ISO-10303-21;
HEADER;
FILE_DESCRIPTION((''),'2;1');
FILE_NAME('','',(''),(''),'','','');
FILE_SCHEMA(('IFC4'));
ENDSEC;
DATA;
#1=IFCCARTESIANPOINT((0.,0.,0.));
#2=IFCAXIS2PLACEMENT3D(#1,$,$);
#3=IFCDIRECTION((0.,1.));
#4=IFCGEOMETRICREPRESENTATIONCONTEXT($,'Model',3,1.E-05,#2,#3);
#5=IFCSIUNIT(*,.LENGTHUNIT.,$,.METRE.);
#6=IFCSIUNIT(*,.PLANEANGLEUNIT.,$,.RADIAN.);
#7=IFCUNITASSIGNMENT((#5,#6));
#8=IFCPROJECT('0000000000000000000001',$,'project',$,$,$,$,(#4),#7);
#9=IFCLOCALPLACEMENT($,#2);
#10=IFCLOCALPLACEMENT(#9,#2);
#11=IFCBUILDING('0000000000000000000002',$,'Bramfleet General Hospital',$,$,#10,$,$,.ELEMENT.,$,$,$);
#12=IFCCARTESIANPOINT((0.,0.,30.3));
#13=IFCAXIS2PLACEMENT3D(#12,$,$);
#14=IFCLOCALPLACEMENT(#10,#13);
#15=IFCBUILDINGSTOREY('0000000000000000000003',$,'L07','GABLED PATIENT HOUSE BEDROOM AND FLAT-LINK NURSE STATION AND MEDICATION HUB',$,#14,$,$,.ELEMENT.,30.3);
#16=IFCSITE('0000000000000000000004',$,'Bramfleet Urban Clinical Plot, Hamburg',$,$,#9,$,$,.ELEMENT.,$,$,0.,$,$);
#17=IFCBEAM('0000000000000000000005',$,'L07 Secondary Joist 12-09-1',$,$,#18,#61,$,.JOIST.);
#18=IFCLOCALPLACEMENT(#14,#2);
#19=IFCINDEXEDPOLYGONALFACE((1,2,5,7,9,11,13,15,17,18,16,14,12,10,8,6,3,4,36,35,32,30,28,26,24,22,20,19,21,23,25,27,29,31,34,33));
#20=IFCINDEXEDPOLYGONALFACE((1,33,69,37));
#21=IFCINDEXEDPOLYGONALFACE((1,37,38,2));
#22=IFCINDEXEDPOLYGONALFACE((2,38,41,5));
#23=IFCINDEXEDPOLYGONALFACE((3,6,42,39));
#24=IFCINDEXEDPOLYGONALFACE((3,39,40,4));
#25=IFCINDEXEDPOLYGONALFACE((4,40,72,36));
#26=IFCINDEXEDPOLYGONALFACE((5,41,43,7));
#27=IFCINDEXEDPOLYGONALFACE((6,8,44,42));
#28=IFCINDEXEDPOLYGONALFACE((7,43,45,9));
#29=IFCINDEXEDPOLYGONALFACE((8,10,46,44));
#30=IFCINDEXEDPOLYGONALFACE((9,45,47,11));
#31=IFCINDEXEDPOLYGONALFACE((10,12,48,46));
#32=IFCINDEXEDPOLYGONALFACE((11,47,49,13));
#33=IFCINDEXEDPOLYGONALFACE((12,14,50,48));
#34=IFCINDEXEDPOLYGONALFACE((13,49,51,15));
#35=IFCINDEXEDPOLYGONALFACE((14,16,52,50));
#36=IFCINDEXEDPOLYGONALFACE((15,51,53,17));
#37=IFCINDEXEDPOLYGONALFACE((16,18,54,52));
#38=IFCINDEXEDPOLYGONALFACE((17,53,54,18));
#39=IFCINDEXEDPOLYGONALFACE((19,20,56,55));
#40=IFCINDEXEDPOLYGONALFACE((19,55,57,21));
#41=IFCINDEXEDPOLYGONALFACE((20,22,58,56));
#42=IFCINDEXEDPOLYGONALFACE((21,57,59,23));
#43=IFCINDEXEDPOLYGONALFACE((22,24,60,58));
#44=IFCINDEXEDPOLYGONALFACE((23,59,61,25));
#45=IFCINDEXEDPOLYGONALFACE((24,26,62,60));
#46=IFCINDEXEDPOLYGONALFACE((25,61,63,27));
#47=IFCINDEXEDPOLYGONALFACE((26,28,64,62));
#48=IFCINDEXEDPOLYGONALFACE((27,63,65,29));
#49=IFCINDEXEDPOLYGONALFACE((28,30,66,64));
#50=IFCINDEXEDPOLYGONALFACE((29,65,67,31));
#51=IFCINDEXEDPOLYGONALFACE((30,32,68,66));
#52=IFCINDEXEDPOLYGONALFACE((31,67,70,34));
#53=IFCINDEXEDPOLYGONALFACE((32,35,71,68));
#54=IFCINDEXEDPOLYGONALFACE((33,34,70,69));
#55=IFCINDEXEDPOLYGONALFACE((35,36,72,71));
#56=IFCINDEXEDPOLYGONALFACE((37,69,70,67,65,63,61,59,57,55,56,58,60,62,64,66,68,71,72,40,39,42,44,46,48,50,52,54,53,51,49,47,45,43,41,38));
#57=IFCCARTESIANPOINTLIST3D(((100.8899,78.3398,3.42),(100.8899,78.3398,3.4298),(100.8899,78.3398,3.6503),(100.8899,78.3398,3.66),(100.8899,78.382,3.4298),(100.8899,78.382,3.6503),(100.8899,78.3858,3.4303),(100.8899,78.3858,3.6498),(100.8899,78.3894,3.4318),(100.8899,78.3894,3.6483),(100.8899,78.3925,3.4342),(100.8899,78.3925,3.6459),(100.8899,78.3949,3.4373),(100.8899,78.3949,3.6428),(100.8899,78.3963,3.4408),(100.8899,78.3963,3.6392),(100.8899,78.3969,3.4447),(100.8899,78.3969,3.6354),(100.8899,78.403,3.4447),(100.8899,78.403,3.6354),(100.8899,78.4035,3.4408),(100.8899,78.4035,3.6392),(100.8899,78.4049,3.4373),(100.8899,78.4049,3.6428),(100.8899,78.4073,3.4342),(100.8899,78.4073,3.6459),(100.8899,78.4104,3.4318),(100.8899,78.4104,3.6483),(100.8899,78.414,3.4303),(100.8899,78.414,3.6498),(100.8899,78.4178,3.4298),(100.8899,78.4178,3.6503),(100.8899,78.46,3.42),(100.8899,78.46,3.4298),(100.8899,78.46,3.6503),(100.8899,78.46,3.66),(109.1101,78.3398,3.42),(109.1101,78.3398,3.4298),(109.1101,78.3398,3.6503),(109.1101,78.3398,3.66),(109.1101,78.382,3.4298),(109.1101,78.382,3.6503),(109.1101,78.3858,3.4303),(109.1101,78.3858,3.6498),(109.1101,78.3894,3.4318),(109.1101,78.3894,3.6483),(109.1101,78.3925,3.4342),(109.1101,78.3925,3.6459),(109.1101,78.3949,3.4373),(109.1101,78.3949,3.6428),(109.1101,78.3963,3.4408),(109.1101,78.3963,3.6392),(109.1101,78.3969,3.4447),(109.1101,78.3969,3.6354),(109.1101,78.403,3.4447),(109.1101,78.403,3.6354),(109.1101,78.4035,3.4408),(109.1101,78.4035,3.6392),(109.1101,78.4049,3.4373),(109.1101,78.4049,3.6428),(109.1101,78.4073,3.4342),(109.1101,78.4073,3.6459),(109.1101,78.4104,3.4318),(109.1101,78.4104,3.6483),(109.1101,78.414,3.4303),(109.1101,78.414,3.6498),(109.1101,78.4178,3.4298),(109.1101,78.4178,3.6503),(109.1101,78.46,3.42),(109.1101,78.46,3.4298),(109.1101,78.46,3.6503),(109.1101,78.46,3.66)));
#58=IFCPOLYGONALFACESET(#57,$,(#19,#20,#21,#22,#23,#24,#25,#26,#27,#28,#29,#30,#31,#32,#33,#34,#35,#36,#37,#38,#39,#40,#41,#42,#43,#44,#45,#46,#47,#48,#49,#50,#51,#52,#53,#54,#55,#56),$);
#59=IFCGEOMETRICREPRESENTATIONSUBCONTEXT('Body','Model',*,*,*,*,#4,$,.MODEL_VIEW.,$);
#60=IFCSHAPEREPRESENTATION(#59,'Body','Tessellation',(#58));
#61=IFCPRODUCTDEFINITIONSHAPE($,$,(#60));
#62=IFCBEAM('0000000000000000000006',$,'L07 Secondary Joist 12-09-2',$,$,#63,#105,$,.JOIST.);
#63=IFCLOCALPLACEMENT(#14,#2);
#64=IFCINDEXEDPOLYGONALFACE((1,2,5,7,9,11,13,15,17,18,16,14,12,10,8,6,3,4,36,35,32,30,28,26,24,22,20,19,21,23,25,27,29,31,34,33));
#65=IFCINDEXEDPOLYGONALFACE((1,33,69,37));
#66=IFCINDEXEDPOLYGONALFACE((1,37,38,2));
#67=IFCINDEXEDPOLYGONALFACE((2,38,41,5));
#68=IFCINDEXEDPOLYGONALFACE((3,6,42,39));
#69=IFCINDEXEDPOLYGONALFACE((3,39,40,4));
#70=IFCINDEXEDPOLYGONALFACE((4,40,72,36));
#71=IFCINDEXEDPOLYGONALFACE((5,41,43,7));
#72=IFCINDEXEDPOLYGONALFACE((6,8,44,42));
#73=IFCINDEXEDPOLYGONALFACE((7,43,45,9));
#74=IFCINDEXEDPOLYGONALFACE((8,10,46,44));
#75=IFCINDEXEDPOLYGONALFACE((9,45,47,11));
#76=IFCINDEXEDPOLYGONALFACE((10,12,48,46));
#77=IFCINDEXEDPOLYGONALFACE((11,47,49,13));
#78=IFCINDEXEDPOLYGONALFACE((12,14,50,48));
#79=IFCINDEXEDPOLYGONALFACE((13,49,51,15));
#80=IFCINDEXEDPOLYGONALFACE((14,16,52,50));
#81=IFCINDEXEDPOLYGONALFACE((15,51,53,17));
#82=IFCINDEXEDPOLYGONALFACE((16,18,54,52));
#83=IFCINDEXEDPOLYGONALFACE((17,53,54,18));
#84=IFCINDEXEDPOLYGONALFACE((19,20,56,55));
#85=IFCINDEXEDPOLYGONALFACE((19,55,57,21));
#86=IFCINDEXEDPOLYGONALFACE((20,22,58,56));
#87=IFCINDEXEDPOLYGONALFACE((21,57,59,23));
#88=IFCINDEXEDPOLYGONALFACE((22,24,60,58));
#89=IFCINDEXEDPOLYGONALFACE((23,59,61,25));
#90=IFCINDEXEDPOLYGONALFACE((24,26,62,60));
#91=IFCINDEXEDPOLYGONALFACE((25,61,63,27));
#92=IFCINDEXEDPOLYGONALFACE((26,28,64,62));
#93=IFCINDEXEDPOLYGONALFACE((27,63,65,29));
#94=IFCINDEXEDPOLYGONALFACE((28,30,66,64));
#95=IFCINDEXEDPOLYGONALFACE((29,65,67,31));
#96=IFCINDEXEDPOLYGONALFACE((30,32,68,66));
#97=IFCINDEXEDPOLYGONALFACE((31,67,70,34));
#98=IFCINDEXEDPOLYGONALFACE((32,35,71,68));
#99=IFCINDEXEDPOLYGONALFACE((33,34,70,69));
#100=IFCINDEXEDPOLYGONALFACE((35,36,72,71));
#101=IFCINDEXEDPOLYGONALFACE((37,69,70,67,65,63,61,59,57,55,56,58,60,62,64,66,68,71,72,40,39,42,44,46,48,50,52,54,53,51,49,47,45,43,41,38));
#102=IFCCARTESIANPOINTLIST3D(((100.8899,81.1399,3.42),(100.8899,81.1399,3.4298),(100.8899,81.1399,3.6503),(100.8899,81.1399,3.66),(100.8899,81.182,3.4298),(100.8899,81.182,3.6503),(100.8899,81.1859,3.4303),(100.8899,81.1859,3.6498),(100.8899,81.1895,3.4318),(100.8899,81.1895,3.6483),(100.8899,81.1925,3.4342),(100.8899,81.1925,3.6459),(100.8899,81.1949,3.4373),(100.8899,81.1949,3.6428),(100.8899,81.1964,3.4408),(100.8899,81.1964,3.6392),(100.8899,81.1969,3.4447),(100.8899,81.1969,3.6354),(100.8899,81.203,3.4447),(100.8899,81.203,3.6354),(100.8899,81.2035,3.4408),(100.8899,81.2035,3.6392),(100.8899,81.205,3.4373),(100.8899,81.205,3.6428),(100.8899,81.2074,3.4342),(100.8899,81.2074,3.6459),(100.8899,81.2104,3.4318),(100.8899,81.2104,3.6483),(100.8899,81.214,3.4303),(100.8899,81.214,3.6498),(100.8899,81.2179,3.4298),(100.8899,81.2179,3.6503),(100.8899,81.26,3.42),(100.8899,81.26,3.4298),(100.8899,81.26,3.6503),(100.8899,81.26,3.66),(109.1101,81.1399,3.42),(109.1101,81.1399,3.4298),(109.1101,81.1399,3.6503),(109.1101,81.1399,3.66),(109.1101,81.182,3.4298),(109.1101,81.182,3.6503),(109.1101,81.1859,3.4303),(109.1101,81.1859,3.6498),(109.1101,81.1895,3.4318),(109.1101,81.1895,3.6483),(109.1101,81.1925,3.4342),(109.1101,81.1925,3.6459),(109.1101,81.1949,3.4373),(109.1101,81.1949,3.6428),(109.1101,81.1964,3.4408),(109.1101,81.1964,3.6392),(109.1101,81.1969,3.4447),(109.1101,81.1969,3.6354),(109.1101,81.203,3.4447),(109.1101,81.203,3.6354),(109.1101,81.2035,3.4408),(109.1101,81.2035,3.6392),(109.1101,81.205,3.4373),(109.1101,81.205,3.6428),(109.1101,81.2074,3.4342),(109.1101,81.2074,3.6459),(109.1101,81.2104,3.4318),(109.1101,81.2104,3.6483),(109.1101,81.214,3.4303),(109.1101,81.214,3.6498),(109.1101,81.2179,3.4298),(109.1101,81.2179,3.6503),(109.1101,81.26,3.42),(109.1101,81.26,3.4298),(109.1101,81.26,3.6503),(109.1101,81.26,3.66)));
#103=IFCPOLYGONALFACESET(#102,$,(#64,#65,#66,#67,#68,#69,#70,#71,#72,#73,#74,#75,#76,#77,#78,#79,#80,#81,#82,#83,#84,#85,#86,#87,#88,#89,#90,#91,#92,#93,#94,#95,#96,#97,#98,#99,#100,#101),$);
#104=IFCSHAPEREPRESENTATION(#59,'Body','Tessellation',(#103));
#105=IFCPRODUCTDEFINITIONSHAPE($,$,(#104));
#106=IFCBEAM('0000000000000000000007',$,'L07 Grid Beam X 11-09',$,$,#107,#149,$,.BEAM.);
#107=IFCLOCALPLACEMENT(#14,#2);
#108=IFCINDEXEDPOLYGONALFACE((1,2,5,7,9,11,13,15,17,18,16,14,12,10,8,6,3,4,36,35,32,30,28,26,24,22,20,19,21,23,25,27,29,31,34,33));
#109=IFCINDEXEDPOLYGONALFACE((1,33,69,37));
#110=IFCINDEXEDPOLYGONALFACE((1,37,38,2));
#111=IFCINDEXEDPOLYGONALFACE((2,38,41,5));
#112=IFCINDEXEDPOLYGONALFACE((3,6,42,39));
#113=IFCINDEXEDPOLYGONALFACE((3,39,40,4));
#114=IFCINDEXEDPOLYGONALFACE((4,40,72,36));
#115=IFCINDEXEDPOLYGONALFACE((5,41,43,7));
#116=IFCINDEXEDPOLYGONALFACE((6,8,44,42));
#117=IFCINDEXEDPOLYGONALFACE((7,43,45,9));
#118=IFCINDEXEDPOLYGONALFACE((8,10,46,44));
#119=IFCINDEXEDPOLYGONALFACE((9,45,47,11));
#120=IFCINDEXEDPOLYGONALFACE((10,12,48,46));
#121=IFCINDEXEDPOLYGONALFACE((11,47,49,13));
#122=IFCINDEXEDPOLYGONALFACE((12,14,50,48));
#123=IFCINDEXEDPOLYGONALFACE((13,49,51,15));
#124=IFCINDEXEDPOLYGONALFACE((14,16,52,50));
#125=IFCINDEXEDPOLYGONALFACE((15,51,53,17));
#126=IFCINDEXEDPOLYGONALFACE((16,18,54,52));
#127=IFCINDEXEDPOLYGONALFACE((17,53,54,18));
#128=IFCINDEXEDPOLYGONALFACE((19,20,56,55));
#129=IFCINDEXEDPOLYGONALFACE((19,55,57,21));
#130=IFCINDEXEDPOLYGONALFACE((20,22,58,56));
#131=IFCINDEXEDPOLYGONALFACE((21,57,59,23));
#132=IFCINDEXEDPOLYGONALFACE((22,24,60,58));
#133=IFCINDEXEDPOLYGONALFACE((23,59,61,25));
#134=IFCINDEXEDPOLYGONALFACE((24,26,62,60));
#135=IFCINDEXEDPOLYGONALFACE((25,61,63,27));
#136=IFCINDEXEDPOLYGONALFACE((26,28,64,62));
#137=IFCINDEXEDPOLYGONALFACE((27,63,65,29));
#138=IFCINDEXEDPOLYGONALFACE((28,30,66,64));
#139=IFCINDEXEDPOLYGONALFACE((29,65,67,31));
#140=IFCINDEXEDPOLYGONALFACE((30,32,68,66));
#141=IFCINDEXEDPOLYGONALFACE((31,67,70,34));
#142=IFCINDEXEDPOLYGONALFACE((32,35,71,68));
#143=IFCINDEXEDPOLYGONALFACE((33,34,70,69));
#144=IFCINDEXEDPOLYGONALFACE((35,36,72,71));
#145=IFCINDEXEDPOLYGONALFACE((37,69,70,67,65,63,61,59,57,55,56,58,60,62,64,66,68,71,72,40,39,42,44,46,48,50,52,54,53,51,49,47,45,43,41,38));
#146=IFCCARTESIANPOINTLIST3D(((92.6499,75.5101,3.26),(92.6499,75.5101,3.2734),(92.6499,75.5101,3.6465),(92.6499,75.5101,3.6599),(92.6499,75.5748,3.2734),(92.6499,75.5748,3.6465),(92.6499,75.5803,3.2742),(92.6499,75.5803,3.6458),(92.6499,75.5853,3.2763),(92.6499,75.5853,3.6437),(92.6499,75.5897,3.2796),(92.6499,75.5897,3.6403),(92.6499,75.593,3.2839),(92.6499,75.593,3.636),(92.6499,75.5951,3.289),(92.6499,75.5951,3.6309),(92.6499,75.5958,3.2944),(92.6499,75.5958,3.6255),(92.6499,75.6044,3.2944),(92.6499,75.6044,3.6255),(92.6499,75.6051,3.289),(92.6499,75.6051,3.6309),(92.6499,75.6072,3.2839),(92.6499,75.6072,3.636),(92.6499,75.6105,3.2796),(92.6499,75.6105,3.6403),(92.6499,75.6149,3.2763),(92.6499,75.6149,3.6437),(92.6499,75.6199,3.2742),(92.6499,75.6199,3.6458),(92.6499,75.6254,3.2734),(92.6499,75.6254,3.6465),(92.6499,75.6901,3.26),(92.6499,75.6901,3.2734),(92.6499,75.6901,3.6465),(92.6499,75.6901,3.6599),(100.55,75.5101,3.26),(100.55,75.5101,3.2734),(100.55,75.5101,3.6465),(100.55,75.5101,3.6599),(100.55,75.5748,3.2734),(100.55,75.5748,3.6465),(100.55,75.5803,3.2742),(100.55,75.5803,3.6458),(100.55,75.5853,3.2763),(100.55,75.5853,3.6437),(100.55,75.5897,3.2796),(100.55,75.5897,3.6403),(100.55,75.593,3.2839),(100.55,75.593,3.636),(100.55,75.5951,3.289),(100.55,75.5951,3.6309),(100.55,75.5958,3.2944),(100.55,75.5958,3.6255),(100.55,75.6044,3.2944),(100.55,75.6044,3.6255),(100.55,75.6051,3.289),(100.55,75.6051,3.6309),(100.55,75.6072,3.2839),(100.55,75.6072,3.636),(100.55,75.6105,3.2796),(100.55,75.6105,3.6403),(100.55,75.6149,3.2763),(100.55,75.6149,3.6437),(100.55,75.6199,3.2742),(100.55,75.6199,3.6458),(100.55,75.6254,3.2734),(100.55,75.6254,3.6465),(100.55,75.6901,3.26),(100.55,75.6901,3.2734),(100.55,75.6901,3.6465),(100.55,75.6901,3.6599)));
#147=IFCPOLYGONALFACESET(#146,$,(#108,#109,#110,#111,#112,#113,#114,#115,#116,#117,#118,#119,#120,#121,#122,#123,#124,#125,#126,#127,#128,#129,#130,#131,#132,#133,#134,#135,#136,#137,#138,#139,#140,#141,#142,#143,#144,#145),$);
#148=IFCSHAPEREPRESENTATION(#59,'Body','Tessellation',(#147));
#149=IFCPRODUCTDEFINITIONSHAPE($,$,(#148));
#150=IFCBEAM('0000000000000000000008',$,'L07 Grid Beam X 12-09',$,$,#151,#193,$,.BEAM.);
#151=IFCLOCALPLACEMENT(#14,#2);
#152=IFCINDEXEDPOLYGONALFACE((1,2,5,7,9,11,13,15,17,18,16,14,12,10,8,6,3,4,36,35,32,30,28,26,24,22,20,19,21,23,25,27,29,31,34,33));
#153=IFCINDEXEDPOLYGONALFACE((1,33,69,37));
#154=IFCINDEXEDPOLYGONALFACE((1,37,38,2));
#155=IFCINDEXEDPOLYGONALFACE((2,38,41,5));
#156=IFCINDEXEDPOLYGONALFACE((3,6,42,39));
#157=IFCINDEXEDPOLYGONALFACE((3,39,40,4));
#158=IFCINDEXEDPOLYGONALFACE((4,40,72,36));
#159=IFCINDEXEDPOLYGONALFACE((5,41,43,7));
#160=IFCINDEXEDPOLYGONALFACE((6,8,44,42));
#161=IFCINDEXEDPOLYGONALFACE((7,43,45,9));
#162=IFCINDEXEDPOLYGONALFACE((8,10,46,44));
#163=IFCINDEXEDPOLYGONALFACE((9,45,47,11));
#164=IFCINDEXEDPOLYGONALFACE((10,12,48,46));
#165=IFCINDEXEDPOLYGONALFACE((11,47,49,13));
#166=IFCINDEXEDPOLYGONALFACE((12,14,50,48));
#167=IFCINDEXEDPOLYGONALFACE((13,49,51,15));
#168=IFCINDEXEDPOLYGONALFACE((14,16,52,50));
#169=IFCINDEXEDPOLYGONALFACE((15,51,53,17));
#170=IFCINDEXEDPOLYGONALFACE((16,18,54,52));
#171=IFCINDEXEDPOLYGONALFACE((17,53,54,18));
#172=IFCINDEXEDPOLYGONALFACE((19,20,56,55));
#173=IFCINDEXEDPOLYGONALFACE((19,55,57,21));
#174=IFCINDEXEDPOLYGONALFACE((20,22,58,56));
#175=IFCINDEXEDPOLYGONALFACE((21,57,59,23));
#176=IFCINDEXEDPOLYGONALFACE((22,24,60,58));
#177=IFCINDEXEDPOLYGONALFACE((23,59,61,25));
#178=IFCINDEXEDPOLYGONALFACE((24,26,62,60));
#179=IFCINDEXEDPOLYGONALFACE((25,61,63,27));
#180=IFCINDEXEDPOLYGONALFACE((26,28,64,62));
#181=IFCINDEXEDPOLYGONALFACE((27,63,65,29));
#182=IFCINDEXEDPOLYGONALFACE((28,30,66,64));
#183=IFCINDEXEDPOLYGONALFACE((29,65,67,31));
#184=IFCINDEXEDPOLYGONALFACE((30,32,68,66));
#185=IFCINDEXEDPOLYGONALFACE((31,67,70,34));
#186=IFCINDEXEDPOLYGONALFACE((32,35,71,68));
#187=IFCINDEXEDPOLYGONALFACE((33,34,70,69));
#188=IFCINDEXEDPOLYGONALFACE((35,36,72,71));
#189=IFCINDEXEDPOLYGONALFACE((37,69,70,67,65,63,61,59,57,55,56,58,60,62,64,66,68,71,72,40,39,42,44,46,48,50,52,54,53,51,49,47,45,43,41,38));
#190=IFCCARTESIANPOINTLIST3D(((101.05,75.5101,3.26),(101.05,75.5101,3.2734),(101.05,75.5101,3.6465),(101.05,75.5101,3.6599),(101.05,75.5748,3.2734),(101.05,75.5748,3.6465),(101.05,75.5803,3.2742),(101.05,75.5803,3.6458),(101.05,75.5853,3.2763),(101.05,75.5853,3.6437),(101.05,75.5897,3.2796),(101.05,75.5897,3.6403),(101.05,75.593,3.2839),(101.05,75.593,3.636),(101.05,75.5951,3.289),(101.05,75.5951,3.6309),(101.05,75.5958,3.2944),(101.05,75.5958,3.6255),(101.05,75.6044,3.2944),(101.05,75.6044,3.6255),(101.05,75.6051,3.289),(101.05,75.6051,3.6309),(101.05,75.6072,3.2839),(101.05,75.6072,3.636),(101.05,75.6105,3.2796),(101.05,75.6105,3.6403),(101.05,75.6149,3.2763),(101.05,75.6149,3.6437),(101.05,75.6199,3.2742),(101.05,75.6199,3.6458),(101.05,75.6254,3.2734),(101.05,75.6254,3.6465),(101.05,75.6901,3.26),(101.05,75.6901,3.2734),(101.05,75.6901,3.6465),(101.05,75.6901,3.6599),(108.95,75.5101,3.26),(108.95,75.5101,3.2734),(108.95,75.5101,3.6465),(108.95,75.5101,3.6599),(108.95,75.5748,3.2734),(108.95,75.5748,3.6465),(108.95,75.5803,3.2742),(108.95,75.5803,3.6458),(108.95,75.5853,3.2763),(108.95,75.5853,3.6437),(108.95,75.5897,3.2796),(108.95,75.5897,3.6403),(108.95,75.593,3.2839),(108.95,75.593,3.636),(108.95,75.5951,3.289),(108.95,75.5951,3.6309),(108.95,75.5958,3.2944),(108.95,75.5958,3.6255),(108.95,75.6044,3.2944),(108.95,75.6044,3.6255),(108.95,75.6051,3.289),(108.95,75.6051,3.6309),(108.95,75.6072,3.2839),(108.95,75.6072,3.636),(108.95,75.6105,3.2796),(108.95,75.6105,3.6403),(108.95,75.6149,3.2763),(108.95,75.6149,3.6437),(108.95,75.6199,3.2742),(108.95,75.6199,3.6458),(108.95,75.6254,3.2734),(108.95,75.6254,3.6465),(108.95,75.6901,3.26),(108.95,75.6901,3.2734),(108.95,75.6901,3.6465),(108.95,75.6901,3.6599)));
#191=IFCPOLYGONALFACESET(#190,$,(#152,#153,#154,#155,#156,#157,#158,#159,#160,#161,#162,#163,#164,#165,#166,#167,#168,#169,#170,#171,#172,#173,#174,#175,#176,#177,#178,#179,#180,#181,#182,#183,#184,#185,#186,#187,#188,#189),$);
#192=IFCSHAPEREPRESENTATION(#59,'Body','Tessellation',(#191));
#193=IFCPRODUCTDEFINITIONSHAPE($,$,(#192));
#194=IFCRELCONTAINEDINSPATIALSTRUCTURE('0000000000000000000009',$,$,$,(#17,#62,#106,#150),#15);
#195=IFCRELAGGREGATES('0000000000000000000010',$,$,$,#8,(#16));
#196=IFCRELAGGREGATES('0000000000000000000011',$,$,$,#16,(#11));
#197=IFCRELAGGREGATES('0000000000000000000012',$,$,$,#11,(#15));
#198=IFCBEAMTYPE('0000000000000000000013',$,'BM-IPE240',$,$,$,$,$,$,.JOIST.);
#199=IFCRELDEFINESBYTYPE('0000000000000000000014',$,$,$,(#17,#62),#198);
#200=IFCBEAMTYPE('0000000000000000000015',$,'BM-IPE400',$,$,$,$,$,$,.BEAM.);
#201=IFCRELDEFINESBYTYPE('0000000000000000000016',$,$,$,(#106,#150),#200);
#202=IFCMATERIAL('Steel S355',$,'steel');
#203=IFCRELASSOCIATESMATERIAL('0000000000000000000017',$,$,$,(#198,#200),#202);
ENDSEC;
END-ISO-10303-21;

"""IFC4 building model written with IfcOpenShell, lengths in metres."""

from ifc_helpers import new_model, si_unit, direction, frame, origin, origin_2d, place, context, subcontext, project, spatial, i_section, extrude, material, material_profile, profile_set, type_object, element, save


model = new_model("IFC4")

# Units and contexts
model_context = context("Model", 3, precision=1e-05, world=origin(), true_north=direction((0.0, 1.0)))
body_context = subcontext(model_context, "Body", "Model", "MODEL_VIEW")
ifc_project = project(units=[si_unit("LENGTHUNIT", "METRE"), si_unit("PLANEANGLEUNIT", "RADIAN")], contexts=[model_context])

# Site, building, storey
site_placement = place(None, origin())
site = spatial("IfcSite", under=ifc_project, at=site_placement, Name="Bramfleet Urban Clinical Plot, Hamburg", CompositionType="ELEMENT", RefElevation=0.0)
building_placement = place(site_placement, origin())
building = spatial("IfcBuilding", under=site, at=building_placement, Name="Bramfleet General Hospital", CompositionType="ELEMENT")
storey_placement = place(building_placement, frame((0.0, 0.0, 30.3)))
storey = spatial("IfcBuildingStorey", under=building, at=storey_placement, Name="L07", Description="GABLED PATIENT HOUSE BEDROOM AND FLAT-LINK NURSE STATION AND MEDICATION HUB", CompositionType="ELEMENT", Elevation=30.3)

# Beams
ifc_material_1 = material(Name="Steel S355", Category="steel")
ifc_material_profile_1 = material_profile(ifc_material_1, i_section(OverallWidth=0.1201, OverallDepth=0.24, WebThickness=0.0061, FlangeThickness=0.0098, FilletRadius=0.0149, at=origin_2d()), Name="IPE 240")
ifc_profile_set_1 = profile_set([ifc_material_profile_1], Name="Steel S355")
beam_type_1 = type_object("IfcBeamType", Name="BM-IPE240", PredefinedType="JOIST", material=ifc_profile_set_1)
for number, where, z_axis, x_axis, name in (
    (1, (100.8899, 78.3999, 3.54), (1.0, 0.0, 0.0), (0.0, 1.0, 0.0), "L07 Secondary Joist 12-09-1"),
    (2, (100.8899, 81.2, 3.54), (1.0, 0.0, 0.0), (0.0, 1.0, 0.0), "L07 Secondary Joist 12-09-2"),
):
    element("IfcBeam", number, at=place(storey_placement, frame(where, z_axis=z_axis, x_axis=x_axis)), inside=storey, type_object=beam_type_1, Name=name, PredefinedType="JOIST", context=body_context, shape_type="SweptSolid", body=[
        extrude(i_section(OverallWidth=0.1201, OverallDepth=0.24, WebThickness=0.0061, FlangeThickness=0.0098, FilletRadius=0.0149, at=origin_2d()), origin(), (0.0, 0.0, 1.0), 8.2202),
    ])
ifc_material_profile_2 = material_profile(ifc_material_1, i_section(OverallWidth=0.1799, OverallDepth=0.3999, WebThickness=0.0085, FlangeThickness=0.0134, FilletRadius=0.021, at=origin_2d()), Name="IPE 400")
ifc_profile_set_2 = profile_set([ifc_material_profile_2], Name="Steel S355")
beam_type_2 = type_object("IfcBeamType", Name="BM-IPE400", PredefinedType="BEAM", material=ifc_profile_set_2)
beam_placement = place(storey_placement, frame((92.6499, 75.6001, 3.46), z_axis=(1.0, 0.0, 0.0), x_axis=(0.0, 1.0, 0.0)))
element("IfcBeam", 3, at=beam_placement, inside=storey, type_object=beam_type_2, Name="L07 Grid Beam X 11-09", PredefinedType="BEAM", context=body_context, shape_type="SweptSolid", body=[
    extrude(i_section(OverallWidth=0.1799, OverallDepth=0.3999, WebThickness=0.0085, FlangeThickness=0.0134, FilletRadius=0.021, at=origin_2d()), origin(), (0.0, 0.0, 1.0), 7.9001),
])
for number, where, z_axis, x_axis, name in (
    (4, (101.05, 75.6001, 3.46), (1.0, 0.0, 0.0), (0.0, 1.0, 0.0), "L07 Grid Beam X 12-09"),
):
    element("IfcBeam", number, at=place(storey_placement, frame(where, z_axis=z_axis, x_axis=x_axis)), inside=storey, type_object=beam_type_2, Name=name, PredefinedType="BEAM", context=body_context, shape_type="SweptSolid", body=[
        extrude(i_section(OverallWidth=0.1799, OverallDepth=0.3999, WebThickness=0.0085, FlangeThickness=0.0134, FilletRadius=0.021, at=origin_2d()), origin(), (0.0, 0.0, 1.0), 7.8999),
    ])

save(model, "model.ifc")
